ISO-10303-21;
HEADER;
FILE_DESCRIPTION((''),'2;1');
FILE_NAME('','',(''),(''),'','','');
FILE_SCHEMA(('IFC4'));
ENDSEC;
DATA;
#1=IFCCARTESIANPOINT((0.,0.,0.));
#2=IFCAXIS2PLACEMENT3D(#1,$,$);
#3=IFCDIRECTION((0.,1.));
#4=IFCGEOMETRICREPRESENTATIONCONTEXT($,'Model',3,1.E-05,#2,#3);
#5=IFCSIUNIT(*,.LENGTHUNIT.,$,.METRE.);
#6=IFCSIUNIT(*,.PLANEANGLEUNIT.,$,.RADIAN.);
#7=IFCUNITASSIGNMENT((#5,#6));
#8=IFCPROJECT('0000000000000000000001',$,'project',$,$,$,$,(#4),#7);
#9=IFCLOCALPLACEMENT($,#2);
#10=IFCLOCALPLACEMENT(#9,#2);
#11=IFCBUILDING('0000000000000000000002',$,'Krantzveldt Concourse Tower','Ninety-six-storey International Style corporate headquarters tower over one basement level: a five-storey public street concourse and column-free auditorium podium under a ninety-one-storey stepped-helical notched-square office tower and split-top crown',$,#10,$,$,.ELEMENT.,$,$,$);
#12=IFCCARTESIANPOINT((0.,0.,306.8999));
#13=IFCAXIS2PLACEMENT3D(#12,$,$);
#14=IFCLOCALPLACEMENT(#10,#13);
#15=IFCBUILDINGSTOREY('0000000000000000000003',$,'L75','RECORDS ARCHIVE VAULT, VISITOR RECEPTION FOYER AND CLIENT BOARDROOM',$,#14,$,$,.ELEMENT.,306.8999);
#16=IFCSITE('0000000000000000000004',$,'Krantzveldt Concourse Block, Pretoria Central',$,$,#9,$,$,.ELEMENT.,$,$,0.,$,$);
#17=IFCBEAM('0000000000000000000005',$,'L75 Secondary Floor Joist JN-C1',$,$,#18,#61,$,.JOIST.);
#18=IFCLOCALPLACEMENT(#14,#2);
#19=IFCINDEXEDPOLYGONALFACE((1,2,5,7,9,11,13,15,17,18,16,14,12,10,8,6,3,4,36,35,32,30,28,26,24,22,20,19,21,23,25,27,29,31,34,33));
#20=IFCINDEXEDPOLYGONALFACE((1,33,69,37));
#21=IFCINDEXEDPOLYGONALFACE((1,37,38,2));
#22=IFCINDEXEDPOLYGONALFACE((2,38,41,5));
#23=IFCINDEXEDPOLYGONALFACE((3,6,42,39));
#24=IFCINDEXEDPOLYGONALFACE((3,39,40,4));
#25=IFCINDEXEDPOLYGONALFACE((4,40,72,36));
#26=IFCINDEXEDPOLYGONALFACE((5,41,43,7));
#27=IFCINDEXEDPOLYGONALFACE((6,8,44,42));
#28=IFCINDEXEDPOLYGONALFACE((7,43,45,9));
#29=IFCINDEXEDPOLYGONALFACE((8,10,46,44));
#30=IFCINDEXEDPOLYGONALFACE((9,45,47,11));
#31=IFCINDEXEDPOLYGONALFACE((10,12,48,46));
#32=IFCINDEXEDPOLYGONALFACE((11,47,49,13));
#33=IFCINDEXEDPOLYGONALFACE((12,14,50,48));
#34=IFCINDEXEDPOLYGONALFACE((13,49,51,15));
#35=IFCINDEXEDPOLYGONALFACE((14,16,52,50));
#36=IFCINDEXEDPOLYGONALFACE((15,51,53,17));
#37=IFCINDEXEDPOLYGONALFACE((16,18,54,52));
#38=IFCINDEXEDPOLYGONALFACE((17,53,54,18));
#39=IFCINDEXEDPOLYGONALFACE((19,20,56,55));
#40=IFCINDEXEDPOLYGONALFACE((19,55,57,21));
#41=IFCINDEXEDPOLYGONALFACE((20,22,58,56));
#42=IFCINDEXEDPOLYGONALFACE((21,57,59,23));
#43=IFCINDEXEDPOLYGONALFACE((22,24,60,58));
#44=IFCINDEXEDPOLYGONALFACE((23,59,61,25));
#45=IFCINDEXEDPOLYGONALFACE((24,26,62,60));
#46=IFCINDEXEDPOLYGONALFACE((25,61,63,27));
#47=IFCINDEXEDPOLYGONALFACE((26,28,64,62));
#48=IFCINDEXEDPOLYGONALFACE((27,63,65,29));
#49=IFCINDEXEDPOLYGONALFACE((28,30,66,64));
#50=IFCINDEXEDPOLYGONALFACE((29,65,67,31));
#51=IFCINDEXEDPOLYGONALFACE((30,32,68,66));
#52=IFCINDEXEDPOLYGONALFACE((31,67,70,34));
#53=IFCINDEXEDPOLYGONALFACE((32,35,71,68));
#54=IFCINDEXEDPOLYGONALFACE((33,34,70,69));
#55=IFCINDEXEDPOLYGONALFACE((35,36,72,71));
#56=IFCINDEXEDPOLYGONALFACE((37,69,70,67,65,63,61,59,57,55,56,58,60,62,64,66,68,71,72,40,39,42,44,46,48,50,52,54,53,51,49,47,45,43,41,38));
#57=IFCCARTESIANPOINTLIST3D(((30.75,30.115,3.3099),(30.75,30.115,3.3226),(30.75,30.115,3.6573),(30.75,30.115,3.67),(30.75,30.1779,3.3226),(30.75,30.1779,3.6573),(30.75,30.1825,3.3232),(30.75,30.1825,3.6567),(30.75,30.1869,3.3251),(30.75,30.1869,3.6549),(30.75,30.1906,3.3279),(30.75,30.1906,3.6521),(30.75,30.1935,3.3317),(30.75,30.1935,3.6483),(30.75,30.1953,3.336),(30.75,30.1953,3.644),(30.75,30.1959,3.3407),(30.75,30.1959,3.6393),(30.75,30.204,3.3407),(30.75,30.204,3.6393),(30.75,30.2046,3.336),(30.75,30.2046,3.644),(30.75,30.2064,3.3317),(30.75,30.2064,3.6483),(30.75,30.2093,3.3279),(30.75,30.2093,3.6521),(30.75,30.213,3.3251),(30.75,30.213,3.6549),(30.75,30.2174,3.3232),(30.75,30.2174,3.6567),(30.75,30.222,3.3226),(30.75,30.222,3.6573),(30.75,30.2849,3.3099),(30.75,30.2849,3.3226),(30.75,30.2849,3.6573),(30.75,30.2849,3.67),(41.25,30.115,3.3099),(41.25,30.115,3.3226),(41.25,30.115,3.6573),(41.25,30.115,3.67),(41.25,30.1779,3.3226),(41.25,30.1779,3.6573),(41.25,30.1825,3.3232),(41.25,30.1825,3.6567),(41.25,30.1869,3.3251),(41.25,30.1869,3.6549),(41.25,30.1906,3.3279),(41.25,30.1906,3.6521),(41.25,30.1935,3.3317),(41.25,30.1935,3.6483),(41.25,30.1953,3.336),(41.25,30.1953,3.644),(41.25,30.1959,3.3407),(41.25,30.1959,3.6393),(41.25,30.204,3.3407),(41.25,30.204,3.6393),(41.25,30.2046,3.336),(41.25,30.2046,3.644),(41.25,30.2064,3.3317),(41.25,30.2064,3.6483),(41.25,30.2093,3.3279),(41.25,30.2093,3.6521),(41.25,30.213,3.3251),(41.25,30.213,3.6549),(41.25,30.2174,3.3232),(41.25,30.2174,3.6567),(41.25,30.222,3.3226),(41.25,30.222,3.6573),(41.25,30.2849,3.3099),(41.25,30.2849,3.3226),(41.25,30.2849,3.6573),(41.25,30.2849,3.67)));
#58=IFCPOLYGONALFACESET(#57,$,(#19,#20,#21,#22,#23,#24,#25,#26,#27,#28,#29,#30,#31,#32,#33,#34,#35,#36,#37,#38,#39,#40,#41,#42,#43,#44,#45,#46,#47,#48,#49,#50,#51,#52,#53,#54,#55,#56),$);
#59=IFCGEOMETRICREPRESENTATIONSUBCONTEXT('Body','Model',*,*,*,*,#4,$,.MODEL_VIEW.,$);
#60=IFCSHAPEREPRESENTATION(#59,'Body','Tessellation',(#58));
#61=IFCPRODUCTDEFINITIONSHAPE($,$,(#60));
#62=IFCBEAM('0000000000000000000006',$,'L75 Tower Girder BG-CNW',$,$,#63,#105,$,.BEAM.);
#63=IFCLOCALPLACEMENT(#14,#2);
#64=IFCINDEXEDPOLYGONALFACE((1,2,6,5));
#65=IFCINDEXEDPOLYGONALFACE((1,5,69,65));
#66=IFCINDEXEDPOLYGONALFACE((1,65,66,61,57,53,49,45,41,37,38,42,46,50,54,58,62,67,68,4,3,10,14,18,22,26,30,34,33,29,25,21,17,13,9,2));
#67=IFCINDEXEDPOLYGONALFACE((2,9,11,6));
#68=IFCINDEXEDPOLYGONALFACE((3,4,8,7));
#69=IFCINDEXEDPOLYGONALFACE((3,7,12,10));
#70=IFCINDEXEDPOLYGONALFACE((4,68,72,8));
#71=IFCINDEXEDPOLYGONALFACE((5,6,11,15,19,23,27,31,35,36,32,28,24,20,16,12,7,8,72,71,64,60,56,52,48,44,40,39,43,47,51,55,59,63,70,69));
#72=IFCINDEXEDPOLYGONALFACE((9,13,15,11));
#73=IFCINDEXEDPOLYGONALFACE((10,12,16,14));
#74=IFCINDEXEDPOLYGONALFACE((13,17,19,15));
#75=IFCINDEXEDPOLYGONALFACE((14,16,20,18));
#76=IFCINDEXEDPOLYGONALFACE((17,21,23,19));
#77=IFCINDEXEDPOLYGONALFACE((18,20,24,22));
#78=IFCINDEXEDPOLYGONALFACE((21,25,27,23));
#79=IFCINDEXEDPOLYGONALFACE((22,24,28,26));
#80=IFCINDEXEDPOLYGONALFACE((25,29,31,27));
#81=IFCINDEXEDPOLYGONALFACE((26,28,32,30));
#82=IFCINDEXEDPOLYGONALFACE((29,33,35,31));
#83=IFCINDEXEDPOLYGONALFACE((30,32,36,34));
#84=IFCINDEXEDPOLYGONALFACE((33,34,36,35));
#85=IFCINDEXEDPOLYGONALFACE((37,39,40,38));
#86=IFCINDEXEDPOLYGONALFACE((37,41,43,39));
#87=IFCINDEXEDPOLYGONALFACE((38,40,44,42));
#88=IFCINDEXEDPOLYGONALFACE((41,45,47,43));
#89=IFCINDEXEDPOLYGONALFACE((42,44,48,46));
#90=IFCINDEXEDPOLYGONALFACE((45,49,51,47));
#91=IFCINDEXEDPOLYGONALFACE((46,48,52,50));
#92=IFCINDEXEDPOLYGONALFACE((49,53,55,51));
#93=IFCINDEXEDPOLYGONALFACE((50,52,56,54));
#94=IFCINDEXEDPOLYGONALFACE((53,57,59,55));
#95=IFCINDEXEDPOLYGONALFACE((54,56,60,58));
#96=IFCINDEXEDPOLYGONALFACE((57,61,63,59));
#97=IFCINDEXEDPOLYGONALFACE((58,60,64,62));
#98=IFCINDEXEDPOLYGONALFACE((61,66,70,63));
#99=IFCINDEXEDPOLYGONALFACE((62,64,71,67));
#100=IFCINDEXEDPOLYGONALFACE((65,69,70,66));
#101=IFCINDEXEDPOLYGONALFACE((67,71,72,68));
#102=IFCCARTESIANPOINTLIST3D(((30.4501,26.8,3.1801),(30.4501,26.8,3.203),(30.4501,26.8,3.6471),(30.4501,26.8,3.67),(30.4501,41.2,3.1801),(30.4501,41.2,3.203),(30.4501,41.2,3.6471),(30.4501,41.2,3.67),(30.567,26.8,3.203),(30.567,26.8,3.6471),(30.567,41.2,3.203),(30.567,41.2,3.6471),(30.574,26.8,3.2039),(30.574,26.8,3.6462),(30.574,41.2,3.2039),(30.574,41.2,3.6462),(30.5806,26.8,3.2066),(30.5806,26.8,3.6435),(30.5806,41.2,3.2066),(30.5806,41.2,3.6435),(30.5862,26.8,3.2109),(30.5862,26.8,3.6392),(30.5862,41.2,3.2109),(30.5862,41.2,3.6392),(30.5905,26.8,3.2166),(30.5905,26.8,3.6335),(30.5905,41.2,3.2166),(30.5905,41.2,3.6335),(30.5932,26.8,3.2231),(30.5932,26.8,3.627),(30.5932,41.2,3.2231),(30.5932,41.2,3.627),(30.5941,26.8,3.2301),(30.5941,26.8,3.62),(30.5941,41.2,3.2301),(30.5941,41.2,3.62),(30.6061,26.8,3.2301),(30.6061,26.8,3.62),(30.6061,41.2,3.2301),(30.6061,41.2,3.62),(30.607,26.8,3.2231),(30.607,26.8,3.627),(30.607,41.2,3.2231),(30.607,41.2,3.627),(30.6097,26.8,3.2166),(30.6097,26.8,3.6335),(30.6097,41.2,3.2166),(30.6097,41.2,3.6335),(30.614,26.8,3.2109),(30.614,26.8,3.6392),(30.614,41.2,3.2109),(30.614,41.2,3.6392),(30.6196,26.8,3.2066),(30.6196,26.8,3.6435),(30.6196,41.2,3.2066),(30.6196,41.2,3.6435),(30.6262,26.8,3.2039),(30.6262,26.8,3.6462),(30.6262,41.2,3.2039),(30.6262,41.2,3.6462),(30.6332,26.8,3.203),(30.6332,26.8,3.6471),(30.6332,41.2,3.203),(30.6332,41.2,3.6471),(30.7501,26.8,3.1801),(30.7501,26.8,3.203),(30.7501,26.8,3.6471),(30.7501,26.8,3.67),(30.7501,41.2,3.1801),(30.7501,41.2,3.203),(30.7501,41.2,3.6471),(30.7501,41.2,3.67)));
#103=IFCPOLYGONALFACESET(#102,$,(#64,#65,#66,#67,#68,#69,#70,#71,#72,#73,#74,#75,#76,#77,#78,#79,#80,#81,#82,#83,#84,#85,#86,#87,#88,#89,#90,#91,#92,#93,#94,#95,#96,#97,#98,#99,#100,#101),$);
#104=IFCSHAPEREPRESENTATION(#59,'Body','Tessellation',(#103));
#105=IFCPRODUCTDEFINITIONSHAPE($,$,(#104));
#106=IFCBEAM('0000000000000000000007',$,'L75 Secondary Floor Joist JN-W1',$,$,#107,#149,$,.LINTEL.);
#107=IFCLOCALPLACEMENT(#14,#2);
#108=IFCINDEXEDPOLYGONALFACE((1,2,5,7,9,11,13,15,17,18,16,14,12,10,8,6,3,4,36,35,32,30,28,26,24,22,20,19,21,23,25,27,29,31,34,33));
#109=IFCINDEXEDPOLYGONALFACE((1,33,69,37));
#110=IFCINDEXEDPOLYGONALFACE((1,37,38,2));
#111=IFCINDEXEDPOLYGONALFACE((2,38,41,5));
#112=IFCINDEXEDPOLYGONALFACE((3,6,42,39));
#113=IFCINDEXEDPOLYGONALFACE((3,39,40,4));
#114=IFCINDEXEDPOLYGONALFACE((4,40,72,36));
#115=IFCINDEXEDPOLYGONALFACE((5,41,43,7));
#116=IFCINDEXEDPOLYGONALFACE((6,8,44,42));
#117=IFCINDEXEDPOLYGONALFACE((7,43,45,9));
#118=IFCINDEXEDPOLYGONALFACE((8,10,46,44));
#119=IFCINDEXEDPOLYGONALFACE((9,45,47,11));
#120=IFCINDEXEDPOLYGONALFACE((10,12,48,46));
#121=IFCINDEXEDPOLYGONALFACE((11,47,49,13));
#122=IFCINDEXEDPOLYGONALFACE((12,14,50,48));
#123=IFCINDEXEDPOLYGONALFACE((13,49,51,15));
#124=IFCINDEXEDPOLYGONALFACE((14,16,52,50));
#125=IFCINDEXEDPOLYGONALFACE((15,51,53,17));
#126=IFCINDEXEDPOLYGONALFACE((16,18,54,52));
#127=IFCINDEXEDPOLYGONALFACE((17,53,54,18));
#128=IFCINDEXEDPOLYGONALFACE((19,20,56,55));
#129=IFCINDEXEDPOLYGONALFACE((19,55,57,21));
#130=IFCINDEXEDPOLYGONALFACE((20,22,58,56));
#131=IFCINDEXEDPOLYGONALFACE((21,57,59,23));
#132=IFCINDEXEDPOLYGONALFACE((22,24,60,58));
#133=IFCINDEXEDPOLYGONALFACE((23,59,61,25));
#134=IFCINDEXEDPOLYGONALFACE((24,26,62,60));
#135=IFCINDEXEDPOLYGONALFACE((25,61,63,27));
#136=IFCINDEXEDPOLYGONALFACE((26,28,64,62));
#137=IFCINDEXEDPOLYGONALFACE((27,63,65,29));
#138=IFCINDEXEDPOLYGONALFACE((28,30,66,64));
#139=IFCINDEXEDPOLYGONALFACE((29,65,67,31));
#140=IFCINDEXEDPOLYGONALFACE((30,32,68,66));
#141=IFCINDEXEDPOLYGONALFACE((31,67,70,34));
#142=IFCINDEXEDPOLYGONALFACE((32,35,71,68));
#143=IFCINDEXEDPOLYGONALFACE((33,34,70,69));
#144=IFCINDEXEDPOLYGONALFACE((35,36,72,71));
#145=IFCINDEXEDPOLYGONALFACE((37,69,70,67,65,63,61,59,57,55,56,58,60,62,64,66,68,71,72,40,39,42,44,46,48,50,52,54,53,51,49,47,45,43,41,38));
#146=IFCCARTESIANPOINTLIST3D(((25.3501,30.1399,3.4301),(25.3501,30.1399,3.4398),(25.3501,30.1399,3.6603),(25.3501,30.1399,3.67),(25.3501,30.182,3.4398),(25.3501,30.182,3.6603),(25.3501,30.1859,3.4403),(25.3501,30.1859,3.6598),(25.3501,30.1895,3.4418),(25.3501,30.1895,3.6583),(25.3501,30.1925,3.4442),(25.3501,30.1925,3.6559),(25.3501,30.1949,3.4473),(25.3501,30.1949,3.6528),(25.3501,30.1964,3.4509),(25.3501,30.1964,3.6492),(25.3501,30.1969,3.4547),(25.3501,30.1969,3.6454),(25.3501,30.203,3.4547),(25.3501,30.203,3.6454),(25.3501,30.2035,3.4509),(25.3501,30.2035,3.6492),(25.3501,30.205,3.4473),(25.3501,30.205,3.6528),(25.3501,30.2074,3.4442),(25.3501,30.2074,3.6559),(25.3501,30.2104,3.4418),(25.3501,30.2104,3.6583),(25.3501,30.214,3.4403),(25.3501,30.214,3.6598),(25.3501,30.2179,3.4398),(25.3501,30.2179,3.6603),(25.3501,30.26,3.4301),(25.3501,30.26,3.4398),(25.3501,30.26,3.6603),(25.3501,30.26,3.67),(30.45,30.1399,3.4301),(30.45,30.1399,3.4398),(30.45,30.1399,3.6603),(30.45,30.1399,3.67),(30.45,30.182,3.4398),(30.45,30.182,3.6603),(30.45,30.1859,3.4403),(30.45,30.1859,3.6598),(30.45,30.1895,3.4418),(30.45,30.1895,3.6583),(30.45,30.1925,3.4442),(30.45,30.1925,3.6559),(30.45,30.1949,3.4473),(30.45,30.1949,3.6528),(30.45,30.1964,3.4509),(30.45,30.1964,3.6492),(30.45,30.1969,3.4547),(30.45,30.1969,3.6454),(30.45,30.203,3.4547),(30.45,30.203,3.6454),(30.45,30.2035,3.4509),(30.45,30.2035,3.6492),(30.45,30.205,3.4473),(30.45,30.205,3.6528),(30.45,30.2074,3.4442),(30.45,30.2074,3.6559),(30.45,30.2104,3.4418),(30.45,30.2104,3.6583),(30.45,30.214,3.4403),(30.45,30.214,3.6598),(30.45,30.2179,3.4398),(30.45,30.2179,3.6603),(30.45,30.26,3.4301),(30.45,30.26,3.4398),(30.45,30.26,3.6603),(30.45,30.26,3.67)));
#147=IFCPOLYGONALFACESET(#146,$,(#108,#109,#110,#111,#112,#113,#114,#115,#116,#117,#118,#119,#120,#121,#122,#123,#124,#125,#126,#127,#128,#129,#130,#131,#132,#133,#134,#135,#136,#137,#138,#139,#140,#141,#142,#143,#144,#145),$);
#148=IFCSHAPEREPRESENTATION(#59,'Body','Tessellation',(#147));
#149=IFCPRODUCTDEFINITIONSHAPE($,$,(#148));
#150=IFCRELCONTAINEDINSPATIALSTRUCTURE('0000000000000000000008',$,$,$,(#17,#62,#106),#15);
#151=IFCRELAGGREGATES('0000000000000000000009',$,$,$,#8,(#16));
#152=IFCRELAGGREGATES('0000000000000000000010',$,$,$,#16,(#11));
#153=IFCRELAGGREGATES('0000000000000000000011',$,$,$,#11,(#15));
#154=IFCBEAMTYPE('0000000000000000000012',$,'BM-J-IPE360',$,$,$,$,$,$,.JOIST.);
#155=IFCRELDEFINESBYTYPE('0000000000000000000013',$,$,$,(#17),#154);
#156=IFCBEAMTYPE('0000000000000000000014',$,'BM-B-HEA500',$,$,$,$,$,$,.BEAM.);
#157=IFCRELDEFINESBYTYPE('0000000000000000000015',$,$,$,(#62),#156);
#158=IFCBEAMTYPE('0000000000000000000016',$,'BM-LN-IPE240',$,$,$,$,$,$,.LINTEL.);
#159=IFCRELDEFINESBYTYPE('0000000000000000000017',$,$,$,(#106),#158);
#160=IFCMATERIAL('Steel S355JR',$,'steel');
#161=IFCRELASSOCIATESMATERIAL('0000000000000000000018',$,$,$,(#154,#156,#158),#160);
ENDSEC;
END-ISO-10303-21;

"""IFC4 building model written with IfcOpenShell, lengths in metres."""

from ifc_helpers import new_model, si_unit, direction, frame, origin, origin_2d, place, context, subcontext, project, spatial, i_section, extrude, source, transform, mapped, material, material_profile, profile_set, type_object, type_shapes, element, save


model = new_model("IFC4")

# Units and contexts
model_context = context("Model", 3, precision=1e-05, world=origin(), true_north=direction((0.0, 1.0)))
body_context = subcontext(model_context, "Body", "Model", "MODEL_VIEW")
ifc_project = project(units=[si_unit("LENGTHUNIT", "METRE"), si_unit("PLANEANGLEUNIT", "RADIAN")], contexts=[model_context])

# Site, building, storey
site_placement = place(None, origin())
site = spatial("IfcSite", under=ifc_project, at=site_placement, Name="Krantzveldt Concourse Block, Pretoria Central", CompositionType="ELEMENT", RefElevation=0.0)
building_placement = place(site_placement, origin())
building = spatial("IfcBuilding", under=site, at=building_placement, Name="Krantzveldt Concourse Tower", Description="Ninety-six-storey International Style corporate headquarters tower over one basement level: a five-storey public street concourse and column-free auditorium podium under a ninety-one-storey stepped-helical notched-square office tower and split-top crown", CompositionType="ELEMENT")
storey_placement = place(building_placement, frame((0.0, 0.0, 306.8999)))
storey = spatial("IfcBuildingStorey", under=building, at=storey_placement, Name="L75", Description="RECORDS ARCHIVE VAULT, VISITOR RECEPTION FOYER AND CLIENT BOARDROOM", CompositionType="ELEMENT", Elevation=306.8999)

# Beams
ifc_material_1 = material(Name="Steel S355JR", Category="steel")
ifc_material_profile_1 = material_profile(ifc_material_1, i_section(OverallWidth=0.1699, OverallDepth=0.3601, WebThickness=0.0081, FlangeThickness=0.0127, FilletRadius=0.0181, at=origin_2d()), Name="Steel S355JR", Category="steel")
ifc_profile_set_1 = profile_set([ifc_material_profile_1], Name="Steel S355JR - IPE 360")
beam_type_1 = type_object("IfcBeamType", Name="BM-J-IPE360", PredefinedType="JOIST", material=ifc_profile_set_1)
shared_shape_1 = source(origin(), body_context, "Body", "SweptSolid", [
    extrude(i_section(OverallWidth=0.1699, OverallDepth=0.3601, WebThickness=0.0081, FlangeThickness=0.0127, FilletRadius=0.0181, at=origin_2d()), origin(), (0.0, 0.0, 1.0), 10.5),
])
type_shapes(beam_type_1, [shared_shape_1])
beam_1_placement = place(storey_placement, frame((30.75, 30.2, 3.49), z_axis=(1.0, 0.0, 0.0), x_axis=(0.0, 1.0, 0.0)))
element("IfcBeam", 1, at=beam_1_placement, inside=storey, type_object=beam_type_1, Name="L75 Secondary Floor Joist JN-C1", PredefinedType="JOIST", context=body_context, shape_type="MappedRepresentation", body=[
    mapped(shared_shape_1, transform((0.0, 0.0, 0.0), x_axis=(1.0, 0.0, 0.0), y_axis=(0.0, 1.0, 0.0), z_axis=(0.0, 0.0, 1.0), scale=1.0)),
])
ifc_material_profile_2 = material_profile(ifc_material_1, i_section(OverallWidth=0.3, OverallDepth=0.49, WebThickness=0.012, FlangeThickness=0.0229, FilletRadius=0.0271, at=origin_2d()), Name="Steel S355JR", Category="steel")
ifc_profile_set_2 = profile_set([ifc_material_profile_2], Name="Steel S355JR - HEA 500")
beam_type_2 = type_object("IfcBeamType", Name="BM-B-HEA500", PredefinedType="BEAM", material=ifc_profile_set_2)
shared_shape_2 = source(origin(), body_context, "Body", "SweptSolid", [
    extrude(i_section(OverallWidth=0.3, OverallDepth=0.49, WebThickness=0.012, FlangeThickness=0.0229, FilletRadius=0.0271, at=origin_2d()), origin(), (0.0, 0.0, 1.0), 14.3999),
])
type_shapes(beam_type_2, [shared_shape_2])
beam_2_placement = place(storey_placement, frame((30.6001, 26.8, 3.425), z_axis=(0.0, 1.0, 0.0), x_axis=(-1.0, 0.0, 0.0)))
element("IfcBeam", 2, at=beam_2_placement, inside=storey, type_object=beam_type_2, Name="L75 Tower Girder BG-CNW", PredefinedType="BEAM", context=body_context, shape_type="MappedRepresentation", body=[
    mapped(shared_shape_2, transform((0.0, 0.0, 0.0), x_axis=(1.0, 0.0, 0.0), y_axis=(0.0, 1.0, 0.0), z_axis=(0.0, 0.0, 1.0), scale=1.0)),
])
ifc_material_profile_3 = material_profile(ifc_material_1, i_section(OverallWidth=0.1201, OverallDepth=0.24, WebThickness=0.0061, FlangeThickness=0.0098, FilletRadius=0.0149, at=origin_2d()), Name="Steel S355JR", Category="steel")
ifc_profile_set_3 = profile_set([ifc_material_profile_3], Name="Steel S355JR - IPE 240")
beam_type_3 = type_object("IfcBeamType", Name="BM-LN-IPE240", PredefinedType="LINTEL", material=ifc_profile_set_3)
shared_shape_3 = source(origin(), body_context, "Body", "SweptSolid", [
    extrude(i_section(OverallWidth=0.1201, OverallDepth=0.24, WebThickness=0.0061, FlangeThickness=0.0098, FilletRadius=0.0149, at=origin_2d()), origin(), (0.0, 0.0, 1.0), 5.0999),
])
type_shapes(beam_type_3, [shared_shape_3])
for number, where, z_axis, x_axis, name in (
    (3, (25.3501, 30.2, 3.55), (1.0, 0.0, 0.0), (0.0, 1.0, 0.0), "L75 Secondary Floor Joist JN-W1"),
):
    element("IfcBeam", number, at=place(storey_placement, frame(where, z_axis=z_axis, x_axis=x_axis)), inside=storey, type_object=beam_type_3, Name=name, PredefinedType="LINTEL", context=body_context, shape_type="MappedRepresentation", body=[
        mapped(shared_shape_3, transform((0.0, 0.0, 0.0), x_axis=(1.0, 0.0, 0.0), y_axis=(0.0, 1.0, 0.0), z_axis=(0.0, 0.0, 1.0), scale=1.0)),
    ])

save(model, "model.ifc")
